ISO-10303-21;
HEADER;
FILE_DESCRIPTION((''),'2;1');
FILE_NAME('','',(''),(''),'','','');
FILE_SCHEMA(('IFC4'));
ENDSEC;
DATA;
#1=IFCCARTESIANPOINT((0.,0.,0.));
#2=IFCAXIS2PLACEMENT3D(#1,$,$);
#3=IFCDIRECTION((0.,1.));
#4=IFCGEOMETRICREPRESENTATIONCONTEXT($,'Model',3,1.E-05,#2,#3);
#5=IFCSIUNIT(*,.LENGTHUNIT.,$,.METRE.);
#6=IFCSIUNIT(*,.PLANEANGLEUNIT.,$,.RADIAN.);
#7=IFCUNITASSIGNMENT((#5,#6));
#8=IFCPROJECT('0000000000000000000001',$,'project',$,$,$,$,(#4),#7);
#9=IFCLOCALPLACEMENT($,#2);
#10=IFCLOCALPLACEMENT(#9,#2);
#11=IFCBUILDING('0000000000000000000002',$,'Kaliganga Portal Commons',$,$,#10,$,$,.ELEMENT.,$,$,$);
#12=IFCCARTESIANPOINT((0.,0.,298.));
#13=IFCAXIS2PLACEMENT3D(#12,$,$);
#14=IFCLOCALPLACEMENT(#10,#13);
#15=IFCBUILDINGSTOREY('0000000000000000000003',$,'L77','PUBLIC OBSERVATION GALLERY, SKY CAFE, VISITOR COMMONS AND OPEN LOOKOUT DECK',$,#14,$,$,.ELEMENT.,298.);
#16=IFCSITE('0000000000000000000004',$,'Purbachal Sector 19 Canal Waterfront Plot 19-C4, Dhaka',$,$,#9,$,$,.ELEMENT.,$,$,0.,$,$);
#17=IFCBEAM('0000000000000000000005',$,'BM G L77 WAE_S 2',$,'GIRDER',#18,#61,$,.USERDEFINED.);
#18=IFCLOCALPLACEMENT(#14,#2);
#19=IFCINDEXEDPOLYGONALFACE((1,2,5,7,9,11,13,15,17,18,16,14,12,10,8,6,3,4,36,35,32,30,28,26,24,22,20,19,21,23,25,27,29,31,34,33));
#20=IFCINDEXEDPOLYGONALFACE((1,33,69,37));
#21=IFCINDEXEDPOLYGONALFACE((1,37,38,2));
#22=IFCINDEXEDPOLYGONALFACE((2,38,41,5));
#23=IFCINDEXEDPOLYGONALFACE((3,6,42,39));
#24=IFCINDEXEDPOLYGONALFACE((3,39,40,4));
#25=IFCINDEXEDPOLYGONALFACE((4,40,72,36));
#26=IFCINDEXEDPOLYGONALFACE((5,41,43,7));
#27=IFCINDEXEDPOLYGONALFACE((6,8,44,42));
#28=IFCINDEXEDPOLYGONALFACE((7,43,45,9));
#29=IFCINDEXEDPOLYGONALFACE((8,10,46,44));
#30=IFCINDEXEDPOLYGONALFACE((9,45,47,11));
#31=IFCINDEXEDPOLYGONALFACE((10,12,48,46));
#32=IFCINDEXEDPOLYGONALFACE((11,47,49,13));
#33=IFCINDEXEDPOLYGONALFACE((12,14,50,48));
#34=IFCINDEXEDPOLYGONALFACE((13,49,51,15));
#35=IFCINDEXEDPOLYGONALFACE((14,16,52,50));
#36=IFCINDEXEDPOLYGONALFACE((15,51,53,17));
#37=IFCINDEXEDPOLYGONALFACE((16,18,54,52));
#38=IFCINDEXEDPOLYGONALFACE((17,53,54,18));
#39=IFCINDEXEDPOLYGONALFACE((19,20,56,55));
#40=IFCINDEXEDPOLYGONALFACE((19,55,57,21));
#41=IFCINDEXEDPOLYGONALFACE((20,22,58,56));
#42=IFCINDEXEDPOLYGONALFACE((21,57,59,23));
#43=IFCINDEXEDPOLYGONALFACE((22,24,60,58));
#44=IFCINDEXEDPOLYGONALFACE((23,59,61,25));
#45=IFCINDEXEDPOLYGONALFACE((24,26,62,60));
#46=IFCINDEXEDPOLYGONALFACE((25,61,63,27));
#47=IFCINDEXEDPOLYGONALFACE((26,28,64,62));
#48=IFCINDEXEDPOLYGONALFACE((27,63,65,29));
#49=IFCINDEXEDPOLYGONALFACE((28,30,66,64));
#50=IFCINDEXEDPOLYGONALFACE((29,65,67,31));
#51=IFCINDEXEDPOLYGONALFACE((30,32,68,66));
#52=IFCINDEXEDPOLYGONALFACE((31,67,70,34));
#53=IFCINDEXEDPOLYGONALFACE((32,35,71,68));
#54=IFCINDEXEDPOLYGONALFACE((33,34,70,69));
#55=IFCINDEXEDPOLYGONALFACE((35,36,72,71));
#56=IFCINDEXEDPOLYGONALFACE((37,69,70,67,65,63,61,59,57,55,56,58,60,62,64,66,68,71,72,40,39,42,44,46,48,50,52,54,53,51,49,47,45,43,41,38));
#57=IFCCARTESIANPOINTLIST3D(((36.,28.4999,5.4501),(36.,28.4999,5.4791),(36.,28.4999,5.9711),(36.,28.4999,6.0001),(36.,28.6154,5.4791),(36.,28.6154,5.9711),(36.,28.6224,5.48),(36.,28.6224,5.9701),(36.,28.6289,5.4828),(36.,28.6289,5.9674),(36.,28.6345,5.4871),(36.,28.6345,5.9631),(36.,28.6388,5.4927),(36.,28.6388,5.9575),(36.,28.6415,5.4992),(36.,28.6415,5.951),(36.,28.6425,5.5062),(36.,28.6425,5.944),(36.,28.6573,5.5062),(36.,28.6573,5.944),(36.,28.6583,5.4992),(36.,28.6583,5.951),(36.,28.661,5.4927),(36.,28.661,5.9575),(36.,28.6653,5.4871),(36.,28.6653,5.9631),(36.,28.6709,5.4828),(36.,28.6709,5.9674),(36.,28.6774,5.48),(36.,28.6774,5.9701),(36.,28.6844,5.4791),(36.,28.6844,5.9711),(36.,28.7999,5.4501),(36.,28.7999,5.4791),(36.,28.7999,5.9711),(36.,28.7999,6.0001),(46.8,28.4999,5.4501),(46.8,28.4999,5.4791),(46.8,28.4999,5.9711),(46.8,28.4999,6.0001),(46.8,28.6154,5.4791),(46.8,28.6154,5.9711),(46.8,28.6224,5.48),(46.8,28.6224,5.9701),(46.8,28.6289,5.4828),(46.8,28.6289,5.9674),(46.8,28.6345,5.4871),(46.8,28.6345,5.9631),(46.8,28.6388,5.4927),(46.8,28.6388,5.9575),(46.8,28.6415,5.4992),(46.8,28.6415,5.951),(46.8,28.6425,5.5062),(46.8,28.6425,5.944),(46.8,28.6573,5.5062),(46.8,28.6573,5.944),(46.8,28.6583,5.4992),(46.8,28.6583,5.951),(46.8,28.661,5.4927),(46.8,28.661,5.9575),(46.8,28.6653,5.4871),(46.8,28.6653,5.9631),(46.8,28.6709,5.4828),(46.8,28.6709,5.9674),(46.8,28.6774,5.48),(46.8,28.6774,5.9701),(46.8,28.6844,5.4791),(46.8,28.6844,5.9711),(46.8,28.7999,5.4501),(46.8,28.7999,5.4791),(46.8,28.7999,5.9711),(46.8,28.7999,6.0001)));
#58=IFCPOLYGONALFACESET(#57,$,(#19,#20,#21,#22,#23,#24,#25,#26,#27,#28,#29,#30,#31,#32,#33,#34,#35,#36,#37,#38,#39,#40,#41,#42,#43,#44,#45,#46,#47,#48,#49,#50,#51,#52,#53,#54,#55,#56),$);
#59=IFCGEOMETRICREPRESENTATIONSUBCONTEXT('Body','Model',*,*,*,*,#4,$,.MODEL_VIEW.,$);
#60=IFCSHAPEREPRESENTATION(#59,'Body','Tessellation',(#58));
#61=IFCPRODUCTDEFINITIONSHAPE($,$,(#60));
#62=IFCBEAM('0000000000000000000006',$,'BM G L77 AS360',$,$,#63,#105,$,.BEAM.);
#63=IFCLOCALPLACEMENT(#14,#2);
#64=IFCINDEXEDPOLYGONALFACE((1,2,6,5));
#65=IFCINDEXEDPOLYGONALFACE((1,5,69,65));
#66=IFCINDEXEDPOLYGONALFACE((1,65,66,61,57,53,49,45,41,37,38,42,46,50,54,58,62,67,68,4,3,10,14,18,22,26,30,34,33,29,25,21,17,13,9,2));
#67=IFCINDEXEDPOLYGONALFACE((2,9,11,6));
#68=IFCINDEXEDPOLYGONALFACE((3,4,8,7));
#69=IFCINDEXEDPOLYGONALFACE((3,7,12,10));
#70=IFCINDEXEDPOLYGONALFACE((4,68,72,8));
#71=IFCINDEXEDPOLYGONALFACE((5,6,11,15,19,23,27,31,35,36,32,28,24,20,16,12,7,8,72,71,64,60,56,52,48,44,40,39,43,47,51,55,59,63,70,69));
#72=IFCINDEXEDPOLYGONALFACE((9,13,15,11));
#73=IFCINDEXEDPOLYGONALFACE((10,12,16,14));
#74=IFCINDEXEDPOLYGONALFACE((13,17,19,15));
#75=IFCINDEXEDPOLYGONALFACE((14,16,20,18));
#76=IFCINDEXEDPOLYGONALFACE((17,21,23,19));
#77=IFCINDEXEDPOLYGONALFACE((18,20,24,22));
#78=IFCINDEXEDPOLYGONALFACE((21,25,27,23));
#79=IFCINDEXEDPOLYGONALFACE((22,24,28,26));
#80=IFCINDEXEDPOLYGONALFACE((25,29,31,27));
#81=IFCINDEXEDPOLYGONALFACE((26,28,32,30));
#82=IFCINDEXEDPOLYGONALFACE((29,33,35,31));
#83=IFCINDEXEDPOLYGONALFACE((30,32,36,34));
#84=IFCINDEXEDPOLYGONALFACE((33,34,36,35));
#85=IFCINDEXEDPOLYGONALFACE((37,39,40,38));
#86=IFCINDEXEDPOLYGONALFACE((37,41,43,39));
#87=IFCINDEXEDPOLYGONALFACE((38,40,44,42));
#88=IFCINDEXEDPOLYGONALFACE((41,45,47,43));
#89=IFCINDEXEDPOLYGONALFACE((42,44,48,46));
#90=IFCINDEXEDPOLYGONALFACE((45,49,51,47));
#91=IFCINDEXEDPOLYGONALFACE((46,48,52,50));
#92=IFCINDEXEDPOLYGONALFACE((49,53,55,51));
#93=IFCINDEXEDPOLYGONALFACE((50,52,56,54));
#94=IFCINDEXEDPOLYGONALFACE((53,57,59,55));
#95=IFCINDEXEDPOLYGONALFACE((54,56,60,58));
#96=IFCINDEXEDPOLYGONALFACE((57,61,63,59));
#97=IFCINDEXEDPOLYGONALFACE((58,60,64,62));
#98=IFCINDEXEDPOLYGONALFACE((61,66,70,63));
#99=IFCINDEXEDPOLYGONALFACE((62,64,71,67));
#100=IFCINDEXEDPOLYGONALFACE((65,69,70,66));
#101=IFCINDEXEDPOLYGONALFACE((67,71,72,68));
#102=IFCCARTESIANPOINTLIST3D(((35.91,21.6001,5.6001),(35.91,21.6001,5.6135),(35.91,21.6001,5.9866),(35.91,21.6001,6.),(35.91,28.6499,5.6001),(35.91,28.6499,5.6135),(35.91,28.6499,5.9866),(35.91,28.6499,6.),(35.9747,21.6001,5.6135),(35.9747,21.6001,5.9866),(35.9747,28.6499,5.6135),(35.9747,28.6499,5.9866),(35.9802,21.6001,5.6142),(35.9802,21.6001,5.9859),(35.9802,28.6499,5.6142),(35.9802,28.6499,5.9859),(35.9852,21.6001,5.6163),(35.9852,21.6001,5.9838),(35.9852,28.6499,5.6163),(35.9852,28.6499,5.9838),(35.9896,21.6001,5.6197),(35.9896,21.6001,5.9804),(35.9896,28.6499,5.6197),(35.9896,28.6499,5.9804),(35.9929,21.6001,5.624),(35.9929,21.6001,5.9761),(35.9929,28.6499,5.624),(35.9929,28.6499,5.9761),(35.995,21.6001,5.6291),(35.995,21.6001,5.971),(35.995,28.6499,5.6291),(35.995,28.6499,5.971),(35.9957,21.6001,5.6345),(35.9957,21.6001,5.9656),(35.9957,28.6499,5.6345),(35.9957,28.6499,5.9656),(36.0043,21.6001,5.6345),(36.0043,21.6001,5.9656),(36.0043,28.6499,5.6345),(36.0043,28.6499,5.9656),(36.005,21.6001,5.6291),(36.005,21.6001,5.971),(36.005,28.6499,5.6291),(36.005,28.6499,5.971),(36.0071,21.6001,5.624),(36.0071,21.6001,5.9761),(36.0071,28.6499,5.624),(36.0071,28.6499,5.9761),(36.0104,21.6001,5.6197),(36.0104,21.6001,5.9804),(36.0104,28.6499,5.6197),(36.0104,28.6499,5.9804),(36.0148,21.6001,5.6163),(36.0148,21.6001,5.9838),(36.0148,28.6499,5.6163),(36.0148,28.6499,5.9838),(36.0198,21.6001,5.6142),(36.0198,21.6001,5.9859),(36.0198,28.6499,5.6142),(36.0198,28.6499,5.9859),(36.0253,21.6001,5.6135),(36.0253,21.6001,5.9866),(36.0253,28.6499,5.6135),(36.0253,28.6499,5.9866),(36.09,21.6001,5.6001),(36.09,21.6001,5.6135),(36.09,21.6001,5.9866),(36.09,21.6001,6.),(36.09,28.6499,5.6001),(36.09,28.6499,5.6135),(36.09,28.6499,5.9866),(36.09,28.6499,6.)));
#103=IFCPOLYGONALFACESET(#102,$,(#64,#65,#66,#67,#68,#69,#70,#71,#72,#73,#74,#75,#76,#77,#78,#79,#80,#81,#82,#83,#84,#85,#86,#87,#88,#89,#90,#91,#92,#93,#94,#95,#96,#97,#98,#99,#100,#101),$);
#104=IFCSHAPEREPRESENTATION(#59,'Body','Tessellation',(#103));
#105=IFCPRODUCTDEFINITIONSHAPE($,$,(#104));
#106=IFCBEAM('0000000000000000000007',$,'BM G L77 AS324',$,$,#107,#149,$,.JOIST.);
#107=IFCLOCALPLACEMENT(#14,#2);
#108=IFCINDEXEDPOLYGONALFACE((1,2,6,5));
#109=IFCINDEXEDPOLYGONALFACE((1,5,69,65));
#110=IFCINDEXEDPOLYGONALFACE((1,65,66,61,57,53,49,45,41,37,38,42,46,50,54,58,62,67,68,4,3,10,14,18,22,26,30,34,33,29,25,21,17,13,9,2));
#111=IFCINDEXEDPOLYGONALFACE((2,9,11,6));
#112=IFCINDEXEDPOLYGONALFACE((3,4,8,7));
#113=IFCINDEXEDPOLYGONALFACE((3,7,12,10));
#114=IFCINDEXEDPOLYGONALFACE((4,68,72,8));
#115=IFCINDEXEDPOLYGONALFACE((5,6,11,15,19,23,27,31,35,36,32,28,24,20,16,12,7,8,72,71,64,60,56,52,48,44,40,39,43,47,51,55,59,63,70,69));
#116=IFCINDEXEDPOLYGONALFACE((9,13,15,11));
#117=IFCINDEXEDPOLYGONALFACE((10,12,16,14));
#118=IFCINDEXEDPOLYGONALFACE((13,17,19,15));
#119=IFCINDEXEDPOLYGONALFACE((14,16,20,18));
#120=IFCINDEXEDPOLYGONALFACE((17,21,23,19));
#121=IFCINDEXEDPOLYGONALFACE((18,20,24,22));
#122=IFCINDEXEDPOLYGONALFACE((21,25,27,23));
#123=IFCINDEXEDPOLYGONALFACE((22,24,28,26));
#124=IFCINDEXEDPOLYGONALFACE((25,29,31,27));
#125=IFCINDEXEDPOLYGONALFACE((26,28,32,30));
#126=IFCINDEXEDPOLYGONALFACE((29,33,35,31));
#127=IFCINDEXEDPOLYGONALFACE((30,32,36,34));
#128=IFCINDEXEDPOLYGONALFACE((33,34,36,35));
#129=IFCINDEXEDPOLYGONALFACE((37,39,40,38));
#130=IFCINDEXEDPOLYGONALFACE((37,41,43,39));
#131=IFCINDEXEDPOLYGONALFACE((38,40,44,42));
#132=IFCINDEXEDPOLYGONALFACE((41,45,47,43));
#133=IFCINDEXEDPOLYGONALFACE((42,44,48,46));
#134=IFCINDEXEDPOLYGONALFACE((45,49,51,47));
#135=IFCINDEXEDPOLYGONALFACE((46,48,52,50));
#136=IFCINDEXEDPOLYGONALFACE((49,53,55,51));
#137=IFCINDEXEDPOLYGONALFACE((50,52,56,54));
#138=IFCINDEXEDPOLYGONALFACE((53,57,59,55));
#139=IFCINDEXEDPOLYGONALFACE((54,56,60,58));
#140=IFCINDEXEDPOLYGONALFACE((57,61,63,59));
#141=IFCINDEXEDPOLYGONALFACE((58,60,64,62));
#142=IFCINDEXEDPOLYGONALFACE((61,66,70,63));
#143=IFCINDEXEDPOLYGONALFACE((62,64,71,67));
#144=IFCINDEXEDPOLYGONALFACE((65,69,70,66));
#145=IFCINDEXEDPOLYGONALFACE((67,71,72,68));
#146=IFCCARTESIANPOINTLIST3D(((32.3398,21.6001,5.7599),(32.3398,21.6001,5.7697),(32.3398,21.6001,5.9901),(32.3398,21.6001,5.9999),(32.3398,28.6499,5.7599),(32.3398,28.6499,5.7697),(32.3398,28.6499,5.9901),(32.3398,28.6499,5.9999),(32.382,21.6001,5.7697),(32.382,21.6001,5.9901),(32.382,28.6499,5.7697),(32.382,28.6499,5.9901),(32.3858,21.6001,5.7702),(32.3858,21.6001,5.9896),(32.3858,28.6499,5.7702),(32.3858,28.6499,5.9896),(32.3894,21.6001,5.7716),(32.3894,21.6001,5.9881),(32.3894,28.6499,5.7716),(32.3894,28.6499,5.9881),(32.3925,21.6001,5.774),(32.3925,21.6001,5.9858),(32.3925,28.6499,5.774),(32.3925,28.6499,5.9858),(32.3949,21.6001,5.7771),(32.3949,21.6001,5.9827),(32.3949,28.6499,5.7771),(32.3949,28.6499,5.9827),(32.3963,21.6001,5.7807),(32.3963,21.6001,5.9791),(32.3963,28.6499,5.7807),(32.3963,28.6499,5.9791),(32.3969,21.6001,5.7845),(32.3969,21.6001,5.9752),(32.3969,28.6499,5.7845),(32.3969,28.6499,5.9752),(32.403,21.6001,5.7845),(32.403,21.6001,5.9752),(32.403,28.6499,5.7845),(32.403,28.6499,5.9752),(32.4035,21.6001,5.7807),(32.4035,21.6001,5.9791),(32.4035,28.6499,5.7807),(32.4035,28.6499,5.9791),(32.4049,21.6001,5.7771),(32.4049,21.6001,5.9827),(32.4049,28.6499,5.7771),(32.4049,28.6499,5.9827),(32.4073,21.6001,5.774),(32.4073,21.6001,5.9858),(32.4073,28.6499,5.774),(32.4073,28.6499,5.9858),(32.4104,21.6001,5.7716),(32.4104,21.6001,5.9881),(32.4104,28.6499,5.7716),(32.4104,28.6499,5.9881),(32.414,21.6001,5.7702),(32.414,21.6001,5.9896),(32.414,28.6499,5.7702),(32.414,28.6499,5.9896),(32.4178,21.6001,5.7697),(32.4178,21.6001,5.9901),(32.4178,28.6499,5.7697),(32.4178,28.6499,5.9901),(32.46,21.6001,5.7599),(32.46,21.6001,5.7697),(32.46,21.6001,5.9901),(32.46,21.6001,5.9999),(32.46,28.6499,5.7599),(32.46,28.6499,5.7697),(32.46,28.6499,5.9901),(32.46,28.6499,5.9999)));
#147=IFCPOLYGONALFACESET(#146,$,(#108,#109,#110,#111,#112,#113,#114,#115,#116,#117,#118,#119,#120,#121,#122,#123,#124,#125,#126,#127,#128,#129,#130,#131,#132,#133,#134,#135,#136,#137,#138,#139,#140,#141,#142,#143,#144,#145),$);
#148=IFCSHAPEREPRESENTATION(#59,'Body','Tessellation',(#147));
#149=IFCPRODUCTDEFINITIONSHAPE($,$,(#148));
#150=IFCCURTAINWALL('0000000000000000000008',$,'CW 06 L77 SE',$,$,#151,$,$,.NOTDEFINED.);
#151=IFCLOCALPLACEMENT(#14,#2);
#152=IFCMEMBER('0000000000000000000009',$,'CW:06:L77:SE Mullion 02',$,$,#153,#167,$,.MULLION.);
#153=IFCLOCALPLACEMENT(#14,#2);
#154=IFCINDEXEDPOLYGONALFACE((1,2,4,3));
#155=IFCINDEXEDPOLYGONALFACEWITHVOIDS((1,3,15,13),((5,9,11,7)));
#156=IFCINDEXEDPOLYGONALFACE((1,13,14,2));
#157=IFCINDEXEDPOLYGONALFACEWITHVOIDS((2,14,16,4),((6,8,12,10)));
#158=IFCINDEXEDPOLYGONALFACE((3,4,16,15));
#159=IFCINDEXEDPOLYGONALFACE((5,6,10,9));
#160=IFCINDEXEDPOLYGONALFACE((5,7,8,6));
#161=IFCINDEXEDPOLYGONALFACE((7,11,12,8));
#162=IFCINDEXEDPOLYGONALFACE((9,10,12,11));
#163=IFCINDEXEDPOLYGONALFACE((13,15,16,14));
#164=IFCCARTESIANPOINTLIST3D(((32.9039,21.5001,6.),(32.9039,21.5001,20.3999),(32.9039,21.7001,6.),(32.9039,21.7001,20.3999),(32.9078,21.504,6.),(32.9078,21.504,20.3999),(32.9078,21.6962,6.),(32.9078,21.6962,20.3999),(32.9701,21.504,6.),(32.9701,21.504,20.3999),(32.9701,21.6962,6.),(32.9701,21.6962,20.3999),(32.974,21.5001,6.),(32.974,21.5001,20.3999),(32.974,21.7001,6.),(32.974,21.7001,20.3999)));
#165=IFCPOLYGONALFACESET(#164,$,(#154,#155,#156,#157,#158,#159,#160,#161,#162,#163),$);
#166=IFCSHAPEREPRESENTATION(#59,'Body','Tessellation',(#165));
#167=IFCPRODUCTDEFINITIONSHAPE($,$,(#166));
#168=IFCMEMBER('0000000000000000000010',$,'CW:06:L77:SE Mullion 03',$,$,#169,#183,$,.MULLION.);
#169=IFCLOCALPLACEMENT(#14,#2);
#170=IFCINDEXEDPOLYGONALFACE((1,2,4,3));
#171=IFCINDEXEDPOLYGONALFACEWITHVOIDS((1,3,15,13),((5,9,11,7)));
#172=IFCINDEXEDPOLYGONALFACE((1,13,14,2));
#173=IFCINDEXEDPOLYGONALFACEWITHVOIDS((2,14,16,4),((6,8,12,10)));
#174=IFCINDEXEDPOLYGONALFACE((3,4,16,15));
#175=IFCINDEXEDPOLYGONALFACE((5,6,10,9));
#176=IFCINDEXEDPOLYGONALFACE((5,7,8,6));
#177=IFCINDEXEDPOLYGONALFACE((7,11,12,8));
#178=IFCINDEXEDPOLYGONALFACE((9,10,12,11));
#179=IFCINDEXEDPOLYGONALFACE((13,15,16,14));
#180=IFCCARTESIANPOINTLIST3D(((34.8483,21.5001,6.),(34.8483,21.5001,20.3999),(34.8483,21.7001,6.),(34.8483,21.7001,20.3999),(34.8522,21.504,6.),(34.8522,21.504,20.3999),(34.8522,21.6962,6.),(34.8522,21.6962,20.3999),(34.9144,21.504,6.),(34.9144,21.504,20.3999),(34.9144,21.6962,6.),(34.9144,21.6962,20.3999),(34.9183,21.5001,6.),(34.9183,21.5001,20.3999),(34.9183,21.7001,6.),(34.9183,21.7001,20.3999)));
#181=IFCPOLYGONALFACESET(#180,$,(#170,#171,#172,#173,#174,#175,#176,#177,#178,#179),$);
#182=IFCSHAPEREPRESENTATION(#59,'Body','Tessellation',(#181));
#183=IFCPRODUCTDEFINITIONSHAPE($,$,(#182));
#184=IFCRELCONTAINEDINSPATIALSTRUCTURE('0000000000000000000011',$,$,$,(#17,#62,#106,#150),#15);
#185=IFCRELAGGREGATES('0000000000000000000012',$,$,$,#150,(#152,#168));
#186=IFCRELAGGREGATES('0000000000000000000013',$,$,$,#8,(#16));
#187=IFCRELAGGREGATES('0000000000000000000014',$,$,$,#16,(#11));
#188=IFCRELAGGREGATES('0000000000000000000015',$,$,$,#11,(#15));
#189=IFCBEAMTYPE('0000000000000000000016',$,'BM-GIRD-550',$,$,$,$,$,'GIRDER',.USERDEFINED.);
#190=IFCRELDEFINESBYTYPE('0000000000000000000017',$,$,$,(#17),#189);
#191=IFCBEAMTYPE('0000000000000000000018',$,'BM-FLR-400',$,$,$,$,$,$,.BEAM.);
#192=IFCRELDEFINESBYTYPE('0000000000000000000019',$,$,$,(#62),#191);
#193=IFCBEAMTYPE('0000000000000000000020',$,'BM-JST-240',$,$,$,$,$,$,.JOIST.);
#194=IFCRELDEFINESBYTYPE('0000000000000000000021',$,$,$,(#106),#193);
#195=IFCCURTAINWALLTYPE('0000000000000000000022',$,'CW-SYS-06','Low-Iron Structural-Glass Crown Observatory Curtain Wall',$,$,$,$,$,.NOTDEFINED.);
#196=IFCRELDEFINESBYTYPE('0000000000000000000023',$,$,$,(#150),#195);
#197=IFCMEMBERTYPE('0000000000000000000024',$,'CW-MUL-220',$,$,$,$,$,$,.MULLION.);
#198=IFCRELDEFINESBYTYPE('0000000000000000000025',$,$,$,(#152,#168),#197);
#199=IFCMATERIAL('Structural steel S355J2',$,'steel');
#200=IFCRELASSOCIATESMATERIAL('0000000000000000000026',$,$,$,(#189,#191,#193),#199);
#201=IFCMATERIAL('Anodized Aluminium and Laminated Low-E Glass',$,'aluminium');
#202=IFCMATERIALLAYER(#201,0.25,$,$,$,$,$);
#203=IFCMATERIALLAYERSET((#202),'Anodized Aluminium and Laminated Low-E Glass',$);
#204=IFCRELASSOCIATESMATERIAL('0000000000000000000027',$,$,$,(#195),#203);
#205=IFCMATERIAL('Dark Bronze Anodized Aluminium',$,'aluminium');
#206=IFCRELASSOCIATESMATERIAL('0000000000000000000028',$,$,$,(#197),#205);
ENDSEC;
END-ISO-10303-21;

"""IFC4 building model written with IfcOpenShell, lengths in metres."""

from ifc_helpers import new_model, si_unit, direction, frame, origin, origin_2d, place, context, subcontext, project, spatial, hollow_rectangle, i_section, extrude, source, transform, mapped, material, layer, layer_set, material_profile, profile_set, type_object, element, aggregate, save


model = new_model("IFC4")

# Units and contexts
model_context = context("Model", 3, precision=1e-05, world=origin(), true_north=direction((0.0, 1.0)))
body_context = subcontext(model_context, "Body", "Model", "MODEL_VIEW")
ifc_project = project(units=[si_unit("LENGTHUNIT", "METRE"), si_unit("PLANEANGLEUNIT", "RADIAN")], contexts=[model_context])

# Site, building, storey
site_placement = place(None, origin())
site = spatial("IfcSite", under=ifc_project, at=site_placement, Name="Purbachal Sector 19 Canal Waterfront Plot 19-C4, Dhaka", CompositionType="ELEMENT", RefElevation=0.0)
building_placement = place(site_placement, origin())
building = spatial("IfcBuilding", under=site, at=building_placement, Name="Kaliganga Portal Commons", CompositionType="ELEMENT")
storey_placement = place(building_placement, frame((0.0, 0.0, 298.0)))
storey = spatial("IfcBuildingStorey", under=building, at=storey_placement, Name="L77", Description="PUBLIC OBSERVATION GALLERY, SKY CAFE, VISITOR COMMONS AND OPEN LOOKOUT DECK", CompositionType="ELEMENT", Elevation=298.0)

# Beams
ifc_material_1 = material(Name="Structural steel S355J2", Category="steel")
ifc_material_profile_1 = material_profile(ifc_material_1, i_section(OverallWidth=0.3, OverallDepth=0.55, WebThickness=0.0149, FlangeThickness=0.0291, FilletRadius=0.0271, at=origin_2d()), Name="HE 550 B")
ifc_profile_set_1 = profile_set([ifc_material_profile_1], Name="Structural steel S355J2 wide-flange")
beam_type_1 = type_object("IfcBeamType", Name="BM-GIRD-550", ElementType="GIRDER", PredefinedType="USERDEFINED", material=ifc_profile_set_1)
shared_shape_1 = source(origin(), body_context, "Body", "SweptSolid", [
    extrude(i_section(OverallWidth=0.3, OverallDepth=0.55, WebThickness=0.0149, FlangeThickness=0.0291, FilletRadius=0.0271, at=origin_2d()), origin(), (0.0, 0.0, 1.0), 10.8),
])
beam_1_placement = place(storey_placement, frame((36.0, 28.6499, 5.7251), z_axis=(1.0, 0.0, 0.0), x_axis=(0.0, 1.0, 0.0)))
element("IfcBeam", 1, at=beam_1_placement, inside=storey, type_object=beam_type_1, Name="BM G L77 WAE_S 2", ObjectType="GIRDER", PredefinedType="USERDEFINED", context=body_context, shape_type="MappedRepresentation", body=[
    mapped(shared_shape_1, transform((0.0, 0.0, 0.0), x_axis=(1.0, 0.0, 0.0), y_axis=(0.0, 1.0, 0.0), z_axis=(0.0, 0.0, 1.0), scale=1.0)),
])
ifc_material_profile_2 = material_profile(ifc_material_1, i_section(OverallWidth=0.1799, OverallDepth=0.3999, WebThickness=0.0085, FlangeThickness=0.0134, FilletRadius=0.021, at=origin_2d()), Name="IPE 400")
ifc_profile_set_2 = profile_set([ifc_material_profile_2], Name="Structural steel S355J2 wide-flange")
beam_type_2 = type_object("IfcBeamType", Name="BM-FLR-400", PredefinedType="BEAM", material=ifc_profile_set_2)
shared_shape_2 = source(origin(), body_context, "Body", "SweptSolid", [
    extrude(i_section(OverallWidth=0.1799, OverallDepth=0.3999, WebThickness=0.0085, FlangeThickness=0.0134, FilletRadius=0.021, at=origin_2d()), origin(), (0.0, 0.0, 1.0), 7.0498),
])
beam_2_placement = place(storey_placement, frame((36.0, 21.6001, 5.8), z_axis=(0.0, 1.0, 0.0), x_axis=(-1.0, 0.0, 0.0)))
element("IfcBeam", 2, at=beam_2_placement, inside=storey, type_object=beam_type_2, Name="BM G L77 AS360", PredefinedType="BEAM", context=body_context, shape_type="MappedRepresentation", body=[
    mapped(shared_shape_2, transform((0.0, 0.0, 0.0), x_axis=(1.0, 0.0, 0.0), y_axis=(0.0, 1.0, 0.0), z_axis=(0.0, 0.0, 1.0), scale=1.0)),
])
ifc_material_profile_3 = material_profile(ifc_material_1, i_section(OverallWidth=0.1201, OverallDepth=0.24, WebThickness=0.0061, FlangeThickness=0.0098, FilletRadius=0.0149, at=origin_2d()), Name="IPE 240")
ifc_profile_set_3 = profile_set([ifc_material_profile_3], Name="Structural steel S355J2 wide-flange")
beam_type_3 = type_object("IfcBeamType", Name="BM-JST-240", PredefinedType="JOIST", material=ifc_profile_set_3)
shared_shape_3 = source(origin(), body_context, "Body", "SweptSolid", [
    extrude(i_section(OverallWidth=0.1201, OverallDepth=0.24, WebThickness=0.0061, FlangeThickness=0.0098, FilletRadius=0.0149, at=origin_2d()), origin(), (0.0, 0.0, 1.0), 7.0498),
])
beam_3_placement = place(storey_placement, frame((32.3999, 21.6001, 5.8799), z_axis=(0.0, 1.0, 0.0), x_axis=(-1.0, 0.0, 0.0)))
element("IfcBeam", 3, at=beam_3_placement, inside=storey, type_object=beam_type_3, Name="BM G L77 AS324", PredefinedType="JOIST", context=body_context, shape_type="MappedRepresentation", body=[
    mapped(shared_shape_3, transform((0.0, 0.0, 0.0), x_axis=(1.0, 0.0, 0.0), y_axis=(0.0, 1.0, 0.0), z_axis=(0.0, 0.0, 1.0), scale=1.0)),
])

# Curtain wall, members
ifc_material_2 = material(Name="Anodized Aluminium and Laminated Low-E Glass", Category="aluminium")
ifc_layer_1 = layer(ifc_material_2, 0.25)
ifc_layer_set_1 = layer_set([ifc_layer_1], Name="Anodized Aluminium and Laminated Low-E Glass")
curtain_wall_type = type_object("IfcCurtainWallType", Name="CW-SYS-06", Description="Low-Iron Structural-Glass Crown Observatory Curtain Wall", PredefinedType="NOTDEFINED", material=ifc_layer_set_1)
curtain_wall_placement = place(storey_placement, origin())
curtain_wall = element("IfcCurtainWall", 4, at=curtain_wall_placement, inside=storey, type_object=curtain_wall_type, Name="CW 06 L77 SE", PredefinedType="NOTDEFINED")
ifc_material_3 = material(Name="Dark Bronze Anodized Aluminium", Category="aluminium")
ifc_material_profile_4 = material_profile(ifc_material_3, hollow_rectangle(XDim=0.0701, YDim=0.2, WallThickness=0.0039, at=origin_2d()), Name="ALU MULL 70x200x4")
ifc_profile_set_4 = profile_set([ifc_material_profile_4], Name="Dark Bronze Anodized Aluminium")
member_type = type_object("IfcMemberType", Name="CW-MUL-220", PredefinedType="MULLION", material=ifc_profile_set_4)
shared_shape_4 = source(origin(), body_context, "Body", "SweptSolid", [
    extrude(hollow_rectangle(XDim=0.0701, YDim=0.2, WallThickness=0.0039, at=origin_2d()), origin(), (0.0, 0.0, 1.0), 14.3999),
])
member_1_placement = place(storey_placement, frame((32.939, 21.6001, 6.0), z_axis=(0.0, 0.0, 1.0), x_axis=(1.0, 0.0, 0.0)))
member_1 = element("IfcMember", 5, at=member_1_placement, type_object=member_type, Name="CW:06:L77:SE Mullion 02", PredefinedType="MULLION", context=body_context, shape_type="MappedRepresentation", body=[
    mapped(shared_shape_4, transform((0.0, 0.0, 0.0), x_axis=(1.0, 0.0, 0.0), y_axis=(0.0, 1.0, 0.0), z_axis=(0.0, 0.0, 1.0), scale=1.0)),
])
member_2_placement = place(storey_placement, frame((34.8833, 21.6001, 6.0), z_axis=(0.0, 0.0, 1.0), x_axis=(1.0, 0.0, 0.0)))
member_2 = element("IfcMember", 6, at=member_2_placement, type_object=member_type, Name="CW:06:L77:SE Mullion 03", PredefinedType="MULLION", context=body_context, shape_type="MappedRepresentation", body=[
    mapped(shared_shape_4, transform((0.0, 0.0, 0.0), x_axis=(1.0, 0.0, 0.0), y_axis=(0.0, 1.0, 0.0), z_axis=(0.0, 0.0, 1.0), scale=1.0)),
])
aggregate(curtain_wall, [member_1, member_2])

save(model, "model.ifc")
